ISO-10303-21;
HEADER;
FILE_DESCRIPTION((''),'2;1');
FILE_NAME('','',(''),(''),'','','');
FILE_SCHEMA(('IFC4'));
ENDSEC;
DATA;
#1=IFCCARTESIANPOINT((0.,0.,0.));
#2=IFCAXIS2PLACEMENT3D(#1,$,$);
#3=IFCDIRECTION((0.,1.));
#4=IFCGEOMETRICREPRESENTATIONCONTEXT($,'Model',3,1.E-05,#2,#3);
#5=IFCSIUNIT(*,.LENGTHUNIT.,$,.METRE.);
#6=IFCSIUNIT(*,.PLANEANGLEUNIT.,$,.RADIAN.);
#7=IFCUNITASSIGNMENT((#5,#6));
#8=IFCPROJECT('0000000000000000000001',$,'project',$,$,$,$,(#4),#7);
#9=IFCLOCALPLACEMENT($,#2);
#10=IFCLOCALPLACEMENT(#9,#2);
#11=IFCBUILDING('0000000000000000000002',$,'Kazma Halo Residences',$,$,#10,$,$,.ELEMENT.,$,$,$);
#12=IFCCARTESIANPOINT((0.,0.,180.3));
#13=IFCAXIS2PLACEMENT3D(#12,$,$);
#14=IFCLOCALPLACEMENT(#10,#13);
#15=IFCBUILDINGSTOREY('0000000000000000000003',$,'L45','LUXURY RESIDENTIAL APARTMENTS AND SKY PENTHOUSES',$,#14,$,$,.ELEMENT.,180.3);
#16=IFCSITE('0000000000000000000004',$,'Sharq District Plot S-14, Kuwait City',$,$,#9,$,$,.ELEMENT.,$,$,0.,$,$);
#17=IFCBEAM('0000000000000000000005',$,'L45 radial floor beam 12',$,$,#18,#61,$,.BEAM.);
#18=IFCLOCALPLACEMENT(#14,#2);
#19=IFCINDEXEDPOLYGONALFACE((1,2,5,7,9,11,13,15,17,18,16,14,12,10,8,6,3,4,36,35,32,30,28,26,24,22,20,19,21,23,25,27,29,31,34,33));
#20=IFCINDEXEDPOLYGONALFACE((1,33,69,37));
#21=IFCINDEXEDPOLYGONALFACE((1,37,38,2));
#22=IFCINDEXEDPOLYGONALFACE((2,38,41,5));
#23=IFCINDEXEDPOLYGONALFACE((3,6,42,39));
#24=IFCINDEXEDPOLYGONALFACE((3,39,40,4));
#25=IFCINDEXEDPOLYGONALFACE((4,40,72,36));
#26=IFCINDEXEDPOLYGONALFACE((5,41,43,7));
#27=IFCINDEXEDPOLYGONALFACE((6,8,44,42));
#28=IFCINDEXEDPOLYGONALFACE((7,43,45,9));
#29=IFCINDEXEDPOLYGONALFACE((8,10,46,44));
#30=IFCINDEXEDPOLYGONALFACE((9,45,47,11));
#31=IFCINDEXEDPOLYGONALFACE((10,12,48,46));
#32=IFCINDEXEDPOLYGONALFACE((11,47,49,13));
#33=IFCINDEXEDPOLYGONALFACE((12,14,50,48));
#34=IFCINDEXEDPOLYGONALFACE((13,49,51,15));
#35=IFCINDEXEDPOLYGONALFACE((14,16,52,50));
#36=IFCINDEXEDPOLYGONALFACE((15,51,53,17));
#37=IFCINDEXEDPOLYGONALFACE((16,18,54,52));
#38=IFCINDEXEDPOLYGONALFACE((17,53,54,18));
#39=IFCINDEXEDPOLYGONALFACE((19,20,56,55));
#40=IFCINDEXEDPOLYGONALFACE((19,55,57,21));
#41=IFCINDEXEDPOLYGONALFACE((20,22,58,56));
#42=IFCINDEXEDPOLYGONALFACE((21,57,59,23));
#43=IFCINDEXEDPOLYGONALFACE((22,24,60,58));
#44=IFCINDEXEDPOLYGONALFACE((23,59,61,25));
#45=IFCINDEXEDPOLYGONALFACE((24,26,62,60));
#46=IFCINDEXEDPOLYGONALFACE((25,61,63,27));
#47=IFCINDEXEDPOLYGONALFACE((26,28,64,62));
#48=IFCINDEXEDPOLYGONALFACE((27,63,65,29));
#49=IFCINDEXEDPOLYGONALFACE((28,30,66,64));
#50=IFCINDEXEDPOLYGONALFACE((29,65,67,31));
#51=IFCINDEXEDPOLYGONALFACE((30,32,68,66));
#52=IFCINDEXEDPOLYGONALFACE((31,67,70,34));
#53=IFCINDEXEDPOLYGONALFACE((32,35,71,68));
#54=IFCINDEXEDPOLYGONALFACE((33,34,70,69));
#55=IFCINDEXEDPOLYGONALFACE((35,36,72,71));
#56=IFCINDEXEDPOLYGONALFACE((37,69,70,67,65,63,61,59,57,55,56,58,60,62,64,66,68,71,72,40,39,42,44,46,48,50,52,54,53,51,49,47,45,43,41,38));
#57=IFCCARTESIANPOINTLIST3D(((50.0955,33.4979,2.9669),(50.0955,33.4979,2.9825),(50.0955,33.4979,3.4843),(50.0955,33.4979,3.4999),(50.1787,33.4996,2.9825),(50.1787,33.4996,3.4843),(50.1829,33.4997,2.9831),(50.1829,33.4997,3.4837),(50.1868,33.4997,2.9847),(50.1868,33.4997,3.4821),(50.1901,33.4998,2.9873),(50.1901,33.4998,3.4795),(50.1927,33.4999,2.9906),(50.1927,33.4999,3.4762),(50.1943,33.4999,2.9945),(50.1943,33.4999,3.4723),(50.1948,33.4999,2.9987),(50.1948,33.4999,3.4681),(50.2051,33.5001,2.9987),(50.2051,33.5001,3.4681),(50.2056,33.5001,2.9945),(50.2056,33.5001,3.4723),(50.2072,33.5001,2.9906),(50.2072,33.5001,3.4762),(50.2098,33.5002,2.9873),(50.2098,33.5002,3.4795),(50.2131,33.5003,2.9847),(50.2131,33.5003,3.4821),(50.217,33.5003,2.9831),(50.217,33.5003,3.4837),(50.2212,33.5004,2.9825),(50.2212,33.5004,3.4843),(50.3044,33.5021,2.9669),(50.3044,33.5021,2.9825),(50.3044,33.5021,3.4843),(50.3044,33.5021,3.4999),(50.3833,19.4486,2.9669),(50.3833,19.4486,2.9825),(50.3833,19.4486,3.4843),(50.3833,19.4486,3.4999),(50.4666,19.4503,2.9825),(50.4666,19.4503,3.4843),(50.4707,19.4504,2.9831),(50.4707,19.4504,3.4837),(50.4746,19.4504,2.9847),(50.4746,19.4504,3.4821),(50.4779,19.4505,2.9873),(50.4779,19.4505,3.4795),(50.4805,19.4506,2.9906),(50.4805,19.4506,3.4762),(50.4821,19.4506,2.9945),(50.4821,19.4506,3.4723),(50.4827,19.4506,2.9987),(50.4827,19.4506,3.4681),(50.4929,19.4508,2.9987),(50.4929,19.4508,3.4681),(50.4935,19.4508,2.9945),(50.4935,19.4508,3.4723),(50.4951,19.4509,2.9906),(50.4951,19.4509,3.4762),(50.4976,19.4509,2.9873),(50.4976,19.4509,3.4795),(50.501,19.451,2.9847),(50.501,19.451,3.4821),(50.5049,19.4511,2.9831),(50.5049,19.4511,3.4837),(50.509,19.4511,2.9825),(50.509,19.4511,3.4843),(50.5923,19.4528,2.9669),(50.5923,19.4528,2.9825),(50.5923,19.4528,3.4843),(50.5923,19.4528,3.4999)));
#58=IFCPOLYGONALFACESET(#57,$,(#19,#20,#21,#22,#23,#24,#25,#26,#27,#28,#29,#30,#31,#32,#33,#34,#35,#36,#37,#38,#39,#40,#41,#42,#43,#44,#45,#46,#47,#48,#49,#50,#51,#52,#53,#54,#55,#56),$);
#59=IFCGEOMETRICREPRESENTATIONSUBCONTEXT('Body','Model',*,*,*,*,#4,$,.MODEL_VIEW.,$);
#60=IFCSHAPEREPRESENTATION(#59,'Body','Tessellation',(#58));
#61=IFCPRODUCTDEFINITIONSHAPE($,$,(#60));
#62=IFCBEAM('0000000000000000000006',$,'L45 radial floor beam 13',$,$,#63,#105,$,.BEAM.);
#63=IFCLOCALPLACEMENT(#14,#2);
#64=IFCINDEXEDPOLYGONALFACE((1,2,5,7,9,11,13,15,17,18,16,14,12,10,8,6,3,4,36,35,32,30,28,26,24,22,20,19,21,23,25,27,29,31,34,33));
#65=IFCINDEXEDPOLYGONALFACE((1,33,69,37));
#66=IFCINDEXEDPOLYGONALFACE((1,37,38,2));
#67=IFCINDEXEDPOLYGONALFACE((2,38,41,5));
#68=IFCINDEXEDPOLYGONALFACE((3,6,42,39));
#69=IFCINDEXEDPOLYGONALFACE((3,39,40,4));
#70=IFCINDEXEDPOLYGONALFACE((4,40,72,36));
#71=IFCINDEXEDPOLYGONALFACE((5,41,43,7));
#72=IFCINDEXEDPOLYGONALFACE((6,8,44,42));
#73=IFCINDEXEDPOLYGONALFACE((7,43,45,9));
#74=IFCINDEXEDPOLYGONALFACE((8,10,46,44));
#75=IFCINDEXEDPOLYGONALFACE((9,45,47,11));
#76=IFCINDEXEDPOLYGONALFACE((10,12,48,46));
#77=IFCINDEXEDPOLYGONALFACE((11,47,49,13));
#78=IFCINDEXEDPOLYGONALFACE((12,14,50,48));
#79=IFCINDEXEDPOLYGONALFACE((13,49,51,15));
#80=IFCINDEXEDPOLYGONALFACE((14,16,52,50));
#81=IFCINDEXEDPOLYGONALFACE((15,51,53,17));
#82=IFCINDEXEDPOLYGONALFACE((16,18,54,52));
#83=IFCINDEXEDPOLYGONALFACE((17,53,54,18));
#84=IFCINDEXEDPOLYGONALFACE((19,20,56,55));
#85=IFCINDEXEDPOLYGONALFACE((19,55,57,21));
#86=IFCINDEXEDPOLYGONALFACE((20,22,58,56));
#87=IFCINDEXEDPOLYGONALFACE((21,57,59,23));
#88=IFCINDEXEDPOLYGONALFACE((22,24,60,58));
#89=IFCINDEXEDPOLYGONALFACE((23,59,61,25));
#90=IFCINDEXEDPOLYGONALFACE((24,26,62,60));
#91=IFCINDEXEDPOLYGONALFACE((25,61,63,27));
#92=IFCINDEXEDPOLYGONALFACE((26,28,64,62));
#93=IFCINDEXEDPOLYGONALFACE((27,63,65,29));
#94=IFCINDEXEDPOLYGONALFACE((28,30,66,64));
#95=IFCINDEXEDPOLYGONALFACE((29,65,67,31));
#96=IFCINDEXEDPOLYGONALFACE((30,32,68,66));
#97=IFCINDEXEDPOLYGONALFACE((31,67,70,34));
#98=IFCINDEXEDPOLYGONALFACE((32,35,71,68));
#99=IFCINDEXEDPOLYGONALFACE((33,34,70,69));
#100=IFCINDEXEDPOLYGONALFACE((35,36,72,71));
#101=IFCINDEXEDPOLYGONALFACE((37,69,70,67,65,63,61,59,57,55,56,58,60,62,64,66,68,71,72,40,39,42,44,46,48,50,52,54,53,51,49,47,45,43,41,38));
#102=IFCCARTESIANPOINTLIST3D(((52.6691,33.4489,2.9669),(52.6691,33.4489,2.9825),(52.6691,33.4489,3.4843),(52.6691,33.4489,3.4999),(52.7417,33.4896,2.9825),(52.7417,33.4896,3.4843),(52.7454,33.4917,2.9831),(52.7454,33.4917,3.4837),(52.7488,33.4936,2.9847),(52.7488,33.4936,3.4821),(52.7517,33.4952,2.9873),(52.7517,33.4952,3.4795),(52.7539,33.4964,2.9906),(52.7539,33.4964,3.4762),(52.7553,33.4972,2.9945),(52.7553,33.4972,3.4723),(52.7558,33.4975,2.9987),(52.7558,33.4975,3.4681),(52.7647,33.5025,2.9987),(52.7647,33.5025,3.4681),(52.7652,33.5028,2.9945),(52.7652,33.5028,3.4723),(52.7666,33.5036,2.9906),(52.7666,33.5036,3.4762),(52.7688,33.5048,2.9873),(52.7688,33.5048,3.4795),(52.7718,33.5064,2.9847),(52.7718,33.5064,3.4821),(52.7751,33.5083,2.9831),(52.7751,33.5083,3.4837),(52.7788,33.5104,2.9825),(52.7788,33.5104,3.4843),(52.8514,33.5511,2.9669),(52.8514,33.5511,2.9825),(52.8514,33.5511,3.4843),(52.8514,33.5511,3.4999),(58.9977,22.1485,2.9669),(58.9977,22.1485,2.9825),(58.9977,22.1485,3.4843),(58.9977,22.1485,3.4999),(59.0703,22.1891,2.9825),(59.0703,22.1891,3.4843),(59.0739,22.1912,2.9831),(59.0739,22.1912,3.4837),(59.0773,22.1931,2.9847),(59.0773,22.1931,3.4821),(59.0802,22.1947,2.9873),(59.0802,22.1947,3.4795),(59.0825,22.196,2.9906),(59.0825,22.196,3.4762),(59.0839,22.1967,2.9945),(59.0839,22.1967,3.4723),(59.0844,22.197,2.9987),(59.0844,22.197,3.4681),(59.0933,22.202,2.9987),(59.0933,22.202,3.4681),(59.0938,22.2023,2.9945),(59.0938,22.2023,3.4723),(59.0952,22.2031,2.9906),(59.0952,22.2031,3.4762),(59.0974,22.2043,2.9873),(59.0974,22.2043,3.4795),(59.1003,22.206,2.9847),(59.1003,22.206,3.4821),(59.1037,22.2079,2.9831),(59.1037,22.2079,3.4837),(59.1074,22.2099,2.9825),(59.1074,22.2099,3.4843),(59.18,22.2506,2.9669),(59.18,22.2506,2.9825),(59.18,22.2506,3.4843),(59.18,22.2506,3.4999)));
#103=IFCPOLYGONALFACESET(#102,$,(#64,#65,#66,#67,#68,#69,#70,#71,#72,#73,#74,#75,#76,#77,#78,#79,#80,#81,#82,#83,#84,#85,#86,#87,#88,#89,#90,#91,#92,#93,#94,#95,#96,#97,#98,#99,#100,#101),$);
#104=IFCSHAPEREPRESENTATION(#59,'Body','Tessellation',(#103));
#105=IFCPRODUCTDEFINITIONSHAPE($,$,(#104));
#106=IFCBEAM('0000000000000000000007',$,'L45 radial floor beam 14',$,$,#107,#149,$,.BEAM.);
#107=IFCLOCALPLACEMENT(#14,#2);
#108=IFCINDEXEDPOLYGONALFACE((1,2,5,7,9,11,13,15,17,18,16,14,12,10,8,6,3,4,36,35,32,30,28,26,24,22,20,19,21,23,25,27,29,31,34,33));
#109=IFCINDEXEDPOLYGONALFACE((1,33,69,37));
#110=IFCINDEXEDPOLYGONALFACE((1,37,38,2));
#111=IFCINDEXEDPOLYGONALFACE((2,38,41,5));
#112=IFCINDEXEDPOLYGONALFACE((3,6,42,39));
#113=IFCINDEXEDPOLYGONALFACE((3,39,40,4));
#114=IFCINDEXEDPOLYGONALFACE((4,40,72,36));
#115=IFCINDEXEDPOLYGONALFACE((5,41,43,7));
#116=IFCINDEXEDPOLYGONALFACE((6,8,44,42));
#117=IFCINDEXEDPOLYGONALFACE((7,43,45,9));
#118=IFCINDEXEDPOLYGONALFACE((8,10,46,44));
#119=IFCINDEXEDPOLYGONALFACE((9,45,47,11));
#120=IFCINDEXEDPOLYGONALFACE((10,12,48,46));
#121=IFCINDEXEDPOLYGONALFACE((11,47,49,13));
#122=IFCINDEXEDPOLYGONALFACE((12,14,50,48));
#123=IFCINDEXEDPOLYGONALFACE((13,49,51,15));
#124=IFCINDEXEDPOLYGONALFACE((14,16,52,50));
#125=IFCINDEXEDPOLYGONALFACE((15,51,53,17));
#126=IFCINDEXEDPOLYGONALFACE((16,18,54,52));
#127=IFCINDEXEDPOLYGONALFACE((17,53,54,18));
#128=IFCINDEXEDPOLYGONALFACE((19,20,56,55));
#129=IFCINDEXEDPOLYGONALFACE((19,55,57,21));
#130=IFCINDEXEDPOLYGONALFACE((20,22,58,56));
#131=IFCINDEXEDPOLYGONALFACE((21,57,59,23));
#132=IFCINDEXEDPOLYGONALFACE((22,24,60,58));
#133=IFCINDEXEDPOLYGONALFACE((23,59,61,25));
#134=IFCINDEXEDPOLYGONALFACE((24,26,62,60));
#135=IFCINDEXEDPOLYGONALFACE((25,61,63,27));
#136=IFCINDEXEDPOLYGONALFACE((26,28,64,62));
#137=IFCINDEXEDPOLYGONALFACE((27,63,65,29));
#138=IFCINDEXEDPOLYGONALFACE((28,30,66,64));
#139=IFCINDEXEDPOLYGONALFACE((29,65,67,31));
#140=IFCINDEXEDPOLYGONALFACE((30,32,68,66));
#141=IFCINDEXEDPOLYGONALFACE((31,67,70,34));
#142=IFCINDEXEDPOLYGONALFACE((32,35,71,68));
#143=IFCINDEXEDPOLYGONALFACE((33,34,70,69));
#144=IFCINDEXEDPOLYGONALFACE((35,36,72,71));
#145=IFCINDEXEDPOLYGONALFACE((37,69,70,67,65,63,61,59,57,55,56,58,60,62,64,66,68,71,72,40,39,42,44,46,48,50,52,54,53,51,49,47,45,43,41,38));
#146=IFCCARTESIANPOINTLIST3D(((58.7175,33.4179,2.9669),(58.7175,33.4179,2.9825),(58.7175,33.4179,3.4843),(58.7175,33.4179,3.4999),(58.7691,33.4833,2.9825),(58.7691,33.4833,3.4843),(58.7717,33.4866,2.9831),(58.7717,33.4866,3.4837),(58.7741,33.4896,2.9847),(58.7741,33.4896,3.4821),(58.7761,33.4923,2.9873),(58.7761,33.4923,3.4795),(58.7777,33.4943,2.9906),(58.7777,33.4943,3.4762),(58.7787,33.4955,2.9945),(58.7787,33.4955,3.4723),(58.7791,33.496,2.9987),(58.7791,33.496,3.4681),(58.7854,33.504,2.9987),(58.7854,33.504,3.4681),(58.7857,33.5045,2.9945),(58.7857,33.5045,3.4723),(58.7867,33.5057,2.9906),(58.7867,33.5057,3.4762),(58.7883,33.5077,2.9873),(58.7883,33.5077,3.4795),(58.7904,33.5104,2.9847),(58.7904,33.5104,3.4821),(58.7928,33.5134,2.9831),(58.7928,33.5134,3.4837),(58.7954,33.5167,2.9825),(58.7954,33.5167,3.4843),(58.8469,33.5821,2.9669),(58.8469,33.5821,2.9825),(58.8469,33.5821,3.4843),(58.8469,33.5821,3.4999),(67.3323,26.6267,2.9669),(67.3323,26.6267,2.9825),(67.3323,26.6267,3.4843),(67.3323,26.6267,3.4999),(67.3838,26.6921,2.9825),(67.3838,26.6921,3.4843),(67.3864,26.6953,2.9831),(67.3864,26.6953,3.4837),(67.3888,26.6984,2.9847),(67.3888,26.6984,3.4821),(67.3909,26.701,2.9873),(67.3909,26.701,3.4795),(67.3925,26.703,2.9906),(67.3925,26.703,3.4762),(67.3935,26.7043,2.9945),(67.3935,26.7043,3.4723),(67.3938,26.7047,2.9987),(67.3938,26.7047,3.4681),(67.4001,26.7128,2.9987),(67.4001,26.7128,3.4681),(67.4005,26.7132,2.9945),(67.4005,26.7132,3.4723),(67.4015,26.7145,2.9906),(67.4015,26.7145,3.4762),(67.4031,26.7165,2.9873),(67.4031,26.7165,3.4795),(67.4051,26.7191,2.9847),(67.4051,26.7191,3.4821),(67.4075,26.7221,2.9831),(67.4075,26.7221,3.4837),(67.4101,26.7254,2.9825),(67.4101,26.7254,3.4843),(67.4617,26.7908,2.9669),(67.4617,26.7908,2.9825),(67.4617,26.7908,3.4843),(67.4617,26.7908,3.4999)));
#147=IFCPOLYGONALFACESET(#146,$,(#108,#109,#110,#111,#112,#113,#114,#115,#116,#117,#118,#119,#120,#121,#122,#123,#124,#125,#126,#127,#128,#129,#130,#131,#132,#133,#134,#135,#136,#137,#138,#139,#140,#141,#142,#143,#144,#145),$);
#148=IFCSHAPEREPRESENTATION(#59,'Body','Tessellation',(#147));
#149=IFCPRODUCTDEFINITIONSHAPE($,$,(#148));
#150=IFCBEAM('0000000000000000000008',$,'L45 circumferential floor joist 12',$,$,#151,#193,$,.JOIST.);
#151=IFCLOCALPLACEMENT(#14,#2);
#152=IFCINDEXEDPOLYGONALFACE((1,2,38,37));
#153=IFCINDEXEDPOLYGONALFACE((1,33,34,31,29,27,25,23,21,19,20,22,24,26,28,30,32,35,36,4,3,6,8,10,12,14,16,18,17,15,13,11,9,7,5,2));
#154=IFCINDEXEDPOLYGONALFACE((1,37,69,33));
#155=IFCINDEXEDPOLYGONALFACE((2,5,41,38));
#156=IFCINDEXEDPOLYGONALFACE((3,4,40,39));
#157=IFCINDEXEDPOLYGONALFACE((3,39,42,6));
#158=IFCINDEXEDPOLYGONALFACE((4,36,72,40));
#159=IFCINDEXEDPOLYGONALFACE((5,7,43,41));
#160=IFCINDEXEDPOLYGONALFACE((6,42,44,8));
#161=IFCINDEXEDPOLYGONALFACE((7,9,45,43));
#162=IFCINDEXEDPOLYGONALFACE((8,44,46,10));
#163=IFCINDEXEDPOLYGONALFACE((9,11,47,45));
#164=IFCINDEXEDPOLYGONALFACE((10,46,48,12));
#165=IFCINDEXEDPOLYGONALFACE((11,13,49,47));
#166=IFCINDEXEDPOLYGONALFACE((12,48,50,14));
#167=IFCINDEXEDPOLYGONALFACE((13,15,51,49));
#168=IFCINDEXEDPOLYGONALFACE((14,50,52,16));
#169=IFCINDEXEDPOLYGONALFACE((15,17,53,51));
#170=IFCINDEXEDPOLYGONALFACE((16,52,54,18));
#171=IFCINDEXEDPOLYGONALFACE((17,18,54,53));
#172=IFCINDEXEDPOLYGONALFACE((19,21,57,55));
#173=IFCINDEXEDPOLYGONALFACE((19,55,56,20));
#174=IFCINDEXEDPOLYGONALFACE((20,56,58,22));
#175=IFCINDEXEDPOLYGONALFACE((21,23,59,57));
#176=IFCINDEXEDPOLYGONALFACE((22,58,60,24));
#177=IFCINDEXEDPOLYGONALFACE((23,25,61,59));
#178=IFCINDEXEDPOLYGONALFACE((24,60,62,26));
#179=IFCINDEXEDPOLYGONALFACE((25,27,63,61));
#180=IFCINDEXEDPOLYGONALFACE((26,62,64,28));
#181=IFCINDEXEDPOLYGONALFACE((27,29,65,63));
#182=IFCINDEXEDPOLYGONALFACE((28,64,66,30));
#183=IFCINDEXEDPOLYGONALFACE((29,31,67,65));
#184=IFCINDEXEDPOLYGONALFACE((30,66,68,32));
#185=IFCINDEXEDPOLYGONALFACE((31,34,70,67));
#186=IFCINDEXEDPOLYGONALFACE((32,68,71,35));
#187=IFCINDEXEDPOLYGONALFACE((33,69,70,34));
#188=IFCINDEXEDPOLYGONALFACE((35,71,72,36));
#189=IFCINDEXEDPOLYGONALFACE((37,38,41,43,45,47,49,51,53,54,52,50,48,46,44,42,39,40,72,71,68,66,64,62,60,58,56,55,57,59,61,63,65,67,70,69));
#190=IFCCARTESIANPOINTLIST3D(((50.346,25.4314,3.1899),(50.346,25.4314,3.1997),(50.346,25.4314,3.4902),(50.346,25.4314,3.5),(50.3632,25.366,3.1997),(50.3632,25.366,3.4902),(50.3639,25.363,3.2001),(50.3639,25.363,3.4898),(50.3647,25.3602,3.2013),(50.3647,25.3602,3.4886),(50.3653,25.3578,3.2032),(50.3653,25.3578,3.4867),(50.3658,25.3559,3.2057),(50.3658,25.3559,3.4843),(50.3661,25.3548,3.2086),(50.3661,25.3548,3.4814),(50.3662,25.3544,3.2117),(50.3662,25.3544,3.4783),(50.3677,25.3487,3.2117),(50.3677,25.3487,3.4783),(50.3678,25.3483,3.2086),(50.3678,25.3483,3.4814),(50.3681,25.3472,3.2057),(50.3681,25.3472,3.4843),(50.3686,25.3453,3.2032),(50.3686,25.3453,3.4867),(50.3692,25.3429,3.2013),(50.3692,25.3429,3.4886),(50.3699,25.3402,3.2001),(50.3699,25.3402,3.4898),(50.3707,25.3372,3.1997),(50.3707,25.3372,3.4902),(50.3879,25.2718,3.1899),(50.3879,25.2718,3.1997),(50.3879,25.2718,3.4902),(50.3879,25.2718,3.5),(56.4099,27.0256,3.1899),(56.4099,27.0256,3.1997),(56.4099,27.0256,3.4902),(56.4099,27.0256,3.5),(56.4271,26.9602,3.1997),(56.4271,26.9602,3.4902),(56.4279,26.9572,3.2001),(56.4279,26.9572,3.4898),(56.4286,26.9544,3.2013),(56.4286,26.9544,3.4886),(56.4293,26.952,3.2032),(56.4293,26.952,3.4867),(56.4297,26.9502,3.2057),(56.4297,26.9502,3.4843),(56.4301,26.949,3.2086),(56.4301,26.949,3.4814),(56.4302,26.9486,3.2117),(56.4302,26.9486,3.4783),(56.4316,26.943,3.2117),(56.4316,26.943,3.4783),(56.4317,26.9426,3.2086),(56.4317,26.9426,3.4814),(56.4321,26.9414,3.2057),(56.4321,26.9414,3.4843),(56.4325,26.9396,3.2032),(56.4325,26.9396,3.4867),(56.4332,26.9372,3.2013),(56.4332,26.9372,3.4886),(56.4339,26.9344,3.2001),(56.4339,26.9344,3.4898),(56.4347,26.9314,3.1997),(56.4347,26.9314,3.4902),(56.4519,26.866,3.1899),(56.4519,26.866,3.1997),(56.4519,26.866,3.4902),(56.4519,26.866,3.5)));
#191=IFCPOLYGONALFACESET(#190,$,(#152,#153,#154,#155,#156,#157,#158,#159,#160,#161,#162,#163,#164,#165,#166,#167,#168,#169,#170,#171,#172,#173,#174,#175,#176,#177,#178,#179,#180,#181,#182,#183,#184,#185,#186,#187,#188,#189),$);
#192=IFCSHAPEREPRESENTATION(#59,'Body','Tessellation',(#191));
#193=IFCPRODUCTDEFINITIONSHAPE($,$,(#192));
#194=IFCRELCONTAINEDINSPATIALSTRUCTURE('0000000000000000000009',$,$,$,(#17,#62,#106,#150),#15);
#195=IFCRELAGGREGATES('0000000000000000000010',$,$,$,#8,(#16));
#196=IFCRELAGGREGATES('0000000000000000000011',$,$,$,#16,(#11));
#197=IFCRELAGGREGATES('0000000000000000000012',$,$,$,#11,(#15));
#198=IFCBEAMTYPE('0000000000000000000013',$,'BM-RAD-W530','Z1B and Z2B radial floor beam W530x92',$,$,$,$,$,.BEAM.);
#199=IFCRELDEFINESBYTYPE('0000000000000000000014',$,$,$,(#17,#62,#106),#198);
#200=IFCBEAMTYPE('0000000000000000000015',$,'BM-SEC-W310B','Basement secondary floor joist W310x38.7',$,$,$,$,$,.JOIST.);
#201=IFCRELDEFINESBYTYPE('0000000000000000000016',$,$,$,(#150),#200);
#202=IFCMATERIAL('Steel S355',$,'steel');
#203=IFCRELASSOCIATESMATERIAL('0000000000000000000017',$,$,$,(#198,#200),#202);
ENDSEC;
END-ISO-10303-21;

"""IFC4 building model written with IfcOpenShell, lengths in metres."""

from ifc_helpers import new_model, si_unit, direction, frame, origin, origin_2d, place, context, subcontext, project, spatial, i_section, extrude, material, material_profile, profile_set, type_object, element, save


model = new_model("IFC4")

# Units and contexts
model_context = context("Model", 3, precision=1e-05, world=origin(), true_north=direction((0.0, 1.0)))
body_context = subcontext(model_context, "Body", "Model", "MODEL_VIEW")
ifc_project = project(units=[si_unit("LENGTHUNIT", "METRE"), si_unit("PLANEANGLEUNIT", "RADIAN")], contexts=[model_context])

# Site, building, storey
site_placement = place(None, origin())
site = spatial("IfcSite", under=ifc_project, at=site_placement, Name="Sharq District Plot S-14, Kuwait City", CompositionType="ELEMENT", RefElevation=0.0)
building_placement = place(site_placement, origin())
building = spatial("IfcBuilding", under=site, at=building_placement, Name="Kazma Halo Residences", CompositionType="ELEMENT")
storey_placement = place(building_placement, frame((0.0, 0.0, 180.3)))
storey = spatial("IfcBuildingStorey", under=building, at=storey_placement, Name="L45", Description="LUXURY RESIDENTIAL APARTMENTS AND SKY PENTHOUSES", CompositionType="ELEMENT", Elevation=180.3)

# Beams
ifc_material_1 = material(Name="Steel S355", Category="steel")
ifc_material_profile_1 = material_profile(ifc_material_1, i_section(OverallWidth=0.209, OverallDepth=0.533, WebThickness=0.0103, FlangeThickness=0.0156, FilletRadius=0.0161, at=origin_2d()), Name="W530x92")
ifc_profile_set_1 = profile_set([ifc_material_profile_1], Name="Steel S355")
beam_type_1 = type_object("IfcBeamType", Name="BM-RAD-W530", Description="Z1B and Z2B radial floor beam W530x92", PredefinedType="BEAM", material=ifc_profile_set_1)
beam_1_placement = place(storey_placement, frame((50.2, 33.5, 3.2334), z_axis=(0.020484, -0.99979, 0.0), x_axis=(0.99979, 0.020484, 0.0)))
element("IfcBeam", 1, at=beam_1_placement, inside=storey, type_object=beam_type_1, Name="L45 radial floor beam 12", PredefinedType="BEAM", context=body_context, shape_type="SweptSolid", body=[
    extrude(i_section(OverallWidth=0.209, OverallDepth=0.533, WebThickness=0.0103, FlangeThickness=0.0156, FilletRadius=0.0161, at=origin_2d()), origin(), (0.0, 0.0, 1.0), 14.0522),
])
beam_2_placement = place(storey_placement, frame((52.7603, 33.5, 3.2334), z_axis=(0.488622, -0.872496, 0.0), x_axis=(0.872496, 0.488622, 0.0)))
element("IfcBeam", 2, at=beam_2_placement, inside=storey, type_object=beam_type_1, Name="L45 radial floor beam 13", PredefinedType="BEAM", context=body_context, shape_type="SweptSolid", body=[
    extrude(i_section(OverallWidth=0.209, OverallDepth=0.533, WebThickness=0.0103, FlangeThickness=0.0156, FilletRadius=0.0161, at=origin_2d()), origin(), (0.0, 0.0, 1.0), 12.9519),
])
beam_3_placement = place(storey_placement, frame((58.7822, 33.5, 3.2334), z_axis=(0.78532, -0.619091, 0.0), x_axis=(0.619091, 0.78532, 0.0)))
element("IfcBeam", 3, at=beam_3_placement, inside=storey, type_object=beam_type_1, Name="L45 radial floor beam 14", PredefinedType="BEAM", context=body_context, shape_type="SweptSolid", body=[
    extrude(i_section(OverallWidth=0.209, OverallDepth=0.533, WebThickness=0.0103, FlangeThickness=0.0156, FilletRadius=0.0161, at=origin_2d()), origin(), (0.0, 0.0, 1.0), 10.9697),
])
ifc_material_profile_2 = material_profile(ifc_material_1, i_section(OverallWidth=0.165, OverallDepth=0.3101, WebThickness=0.0059, FlangeThickness=0.0098, FilletRadius=0.012, at=origin_2d()), Name="W310x38.7")
ifc_profile_set_2 = profile_set([ifc_material_profile_2], Name="Steel S355")
beam_type_2 = type_object("IfcBeamType", Name="BM-SEC-W310B", Description="Basement secondary floor joist W310x38.7", PredefinedType="JOIST", material=ifc_profile_set_2)
beam_4_placement = place(storey_placement, frame((50.3669, 25.3516, 3.345), z_axis=(0.967135, 0.254263, 0.0), x_axis=(-0.254263, 0.967135, 0.0)))
element("IfcBeam", 4, at=beam_4_placement, inside=storey, type_object=beam_type_2, Name="L45 circumferential floor joist 12", PredefinedType="JOIST", context=body_context, shape_type="SweptSolid", body=[
    extrude(i_section(OverallWidth=0.165, OverallDepth=0.3101, WebThickness=0.0059, FlangeThickness=0.0098, FilletRadius=0.012, at=origin_2d()), origin(), (0.0, 0.0, 1.0), 6.27),
])

save(model, "model.ifc")
